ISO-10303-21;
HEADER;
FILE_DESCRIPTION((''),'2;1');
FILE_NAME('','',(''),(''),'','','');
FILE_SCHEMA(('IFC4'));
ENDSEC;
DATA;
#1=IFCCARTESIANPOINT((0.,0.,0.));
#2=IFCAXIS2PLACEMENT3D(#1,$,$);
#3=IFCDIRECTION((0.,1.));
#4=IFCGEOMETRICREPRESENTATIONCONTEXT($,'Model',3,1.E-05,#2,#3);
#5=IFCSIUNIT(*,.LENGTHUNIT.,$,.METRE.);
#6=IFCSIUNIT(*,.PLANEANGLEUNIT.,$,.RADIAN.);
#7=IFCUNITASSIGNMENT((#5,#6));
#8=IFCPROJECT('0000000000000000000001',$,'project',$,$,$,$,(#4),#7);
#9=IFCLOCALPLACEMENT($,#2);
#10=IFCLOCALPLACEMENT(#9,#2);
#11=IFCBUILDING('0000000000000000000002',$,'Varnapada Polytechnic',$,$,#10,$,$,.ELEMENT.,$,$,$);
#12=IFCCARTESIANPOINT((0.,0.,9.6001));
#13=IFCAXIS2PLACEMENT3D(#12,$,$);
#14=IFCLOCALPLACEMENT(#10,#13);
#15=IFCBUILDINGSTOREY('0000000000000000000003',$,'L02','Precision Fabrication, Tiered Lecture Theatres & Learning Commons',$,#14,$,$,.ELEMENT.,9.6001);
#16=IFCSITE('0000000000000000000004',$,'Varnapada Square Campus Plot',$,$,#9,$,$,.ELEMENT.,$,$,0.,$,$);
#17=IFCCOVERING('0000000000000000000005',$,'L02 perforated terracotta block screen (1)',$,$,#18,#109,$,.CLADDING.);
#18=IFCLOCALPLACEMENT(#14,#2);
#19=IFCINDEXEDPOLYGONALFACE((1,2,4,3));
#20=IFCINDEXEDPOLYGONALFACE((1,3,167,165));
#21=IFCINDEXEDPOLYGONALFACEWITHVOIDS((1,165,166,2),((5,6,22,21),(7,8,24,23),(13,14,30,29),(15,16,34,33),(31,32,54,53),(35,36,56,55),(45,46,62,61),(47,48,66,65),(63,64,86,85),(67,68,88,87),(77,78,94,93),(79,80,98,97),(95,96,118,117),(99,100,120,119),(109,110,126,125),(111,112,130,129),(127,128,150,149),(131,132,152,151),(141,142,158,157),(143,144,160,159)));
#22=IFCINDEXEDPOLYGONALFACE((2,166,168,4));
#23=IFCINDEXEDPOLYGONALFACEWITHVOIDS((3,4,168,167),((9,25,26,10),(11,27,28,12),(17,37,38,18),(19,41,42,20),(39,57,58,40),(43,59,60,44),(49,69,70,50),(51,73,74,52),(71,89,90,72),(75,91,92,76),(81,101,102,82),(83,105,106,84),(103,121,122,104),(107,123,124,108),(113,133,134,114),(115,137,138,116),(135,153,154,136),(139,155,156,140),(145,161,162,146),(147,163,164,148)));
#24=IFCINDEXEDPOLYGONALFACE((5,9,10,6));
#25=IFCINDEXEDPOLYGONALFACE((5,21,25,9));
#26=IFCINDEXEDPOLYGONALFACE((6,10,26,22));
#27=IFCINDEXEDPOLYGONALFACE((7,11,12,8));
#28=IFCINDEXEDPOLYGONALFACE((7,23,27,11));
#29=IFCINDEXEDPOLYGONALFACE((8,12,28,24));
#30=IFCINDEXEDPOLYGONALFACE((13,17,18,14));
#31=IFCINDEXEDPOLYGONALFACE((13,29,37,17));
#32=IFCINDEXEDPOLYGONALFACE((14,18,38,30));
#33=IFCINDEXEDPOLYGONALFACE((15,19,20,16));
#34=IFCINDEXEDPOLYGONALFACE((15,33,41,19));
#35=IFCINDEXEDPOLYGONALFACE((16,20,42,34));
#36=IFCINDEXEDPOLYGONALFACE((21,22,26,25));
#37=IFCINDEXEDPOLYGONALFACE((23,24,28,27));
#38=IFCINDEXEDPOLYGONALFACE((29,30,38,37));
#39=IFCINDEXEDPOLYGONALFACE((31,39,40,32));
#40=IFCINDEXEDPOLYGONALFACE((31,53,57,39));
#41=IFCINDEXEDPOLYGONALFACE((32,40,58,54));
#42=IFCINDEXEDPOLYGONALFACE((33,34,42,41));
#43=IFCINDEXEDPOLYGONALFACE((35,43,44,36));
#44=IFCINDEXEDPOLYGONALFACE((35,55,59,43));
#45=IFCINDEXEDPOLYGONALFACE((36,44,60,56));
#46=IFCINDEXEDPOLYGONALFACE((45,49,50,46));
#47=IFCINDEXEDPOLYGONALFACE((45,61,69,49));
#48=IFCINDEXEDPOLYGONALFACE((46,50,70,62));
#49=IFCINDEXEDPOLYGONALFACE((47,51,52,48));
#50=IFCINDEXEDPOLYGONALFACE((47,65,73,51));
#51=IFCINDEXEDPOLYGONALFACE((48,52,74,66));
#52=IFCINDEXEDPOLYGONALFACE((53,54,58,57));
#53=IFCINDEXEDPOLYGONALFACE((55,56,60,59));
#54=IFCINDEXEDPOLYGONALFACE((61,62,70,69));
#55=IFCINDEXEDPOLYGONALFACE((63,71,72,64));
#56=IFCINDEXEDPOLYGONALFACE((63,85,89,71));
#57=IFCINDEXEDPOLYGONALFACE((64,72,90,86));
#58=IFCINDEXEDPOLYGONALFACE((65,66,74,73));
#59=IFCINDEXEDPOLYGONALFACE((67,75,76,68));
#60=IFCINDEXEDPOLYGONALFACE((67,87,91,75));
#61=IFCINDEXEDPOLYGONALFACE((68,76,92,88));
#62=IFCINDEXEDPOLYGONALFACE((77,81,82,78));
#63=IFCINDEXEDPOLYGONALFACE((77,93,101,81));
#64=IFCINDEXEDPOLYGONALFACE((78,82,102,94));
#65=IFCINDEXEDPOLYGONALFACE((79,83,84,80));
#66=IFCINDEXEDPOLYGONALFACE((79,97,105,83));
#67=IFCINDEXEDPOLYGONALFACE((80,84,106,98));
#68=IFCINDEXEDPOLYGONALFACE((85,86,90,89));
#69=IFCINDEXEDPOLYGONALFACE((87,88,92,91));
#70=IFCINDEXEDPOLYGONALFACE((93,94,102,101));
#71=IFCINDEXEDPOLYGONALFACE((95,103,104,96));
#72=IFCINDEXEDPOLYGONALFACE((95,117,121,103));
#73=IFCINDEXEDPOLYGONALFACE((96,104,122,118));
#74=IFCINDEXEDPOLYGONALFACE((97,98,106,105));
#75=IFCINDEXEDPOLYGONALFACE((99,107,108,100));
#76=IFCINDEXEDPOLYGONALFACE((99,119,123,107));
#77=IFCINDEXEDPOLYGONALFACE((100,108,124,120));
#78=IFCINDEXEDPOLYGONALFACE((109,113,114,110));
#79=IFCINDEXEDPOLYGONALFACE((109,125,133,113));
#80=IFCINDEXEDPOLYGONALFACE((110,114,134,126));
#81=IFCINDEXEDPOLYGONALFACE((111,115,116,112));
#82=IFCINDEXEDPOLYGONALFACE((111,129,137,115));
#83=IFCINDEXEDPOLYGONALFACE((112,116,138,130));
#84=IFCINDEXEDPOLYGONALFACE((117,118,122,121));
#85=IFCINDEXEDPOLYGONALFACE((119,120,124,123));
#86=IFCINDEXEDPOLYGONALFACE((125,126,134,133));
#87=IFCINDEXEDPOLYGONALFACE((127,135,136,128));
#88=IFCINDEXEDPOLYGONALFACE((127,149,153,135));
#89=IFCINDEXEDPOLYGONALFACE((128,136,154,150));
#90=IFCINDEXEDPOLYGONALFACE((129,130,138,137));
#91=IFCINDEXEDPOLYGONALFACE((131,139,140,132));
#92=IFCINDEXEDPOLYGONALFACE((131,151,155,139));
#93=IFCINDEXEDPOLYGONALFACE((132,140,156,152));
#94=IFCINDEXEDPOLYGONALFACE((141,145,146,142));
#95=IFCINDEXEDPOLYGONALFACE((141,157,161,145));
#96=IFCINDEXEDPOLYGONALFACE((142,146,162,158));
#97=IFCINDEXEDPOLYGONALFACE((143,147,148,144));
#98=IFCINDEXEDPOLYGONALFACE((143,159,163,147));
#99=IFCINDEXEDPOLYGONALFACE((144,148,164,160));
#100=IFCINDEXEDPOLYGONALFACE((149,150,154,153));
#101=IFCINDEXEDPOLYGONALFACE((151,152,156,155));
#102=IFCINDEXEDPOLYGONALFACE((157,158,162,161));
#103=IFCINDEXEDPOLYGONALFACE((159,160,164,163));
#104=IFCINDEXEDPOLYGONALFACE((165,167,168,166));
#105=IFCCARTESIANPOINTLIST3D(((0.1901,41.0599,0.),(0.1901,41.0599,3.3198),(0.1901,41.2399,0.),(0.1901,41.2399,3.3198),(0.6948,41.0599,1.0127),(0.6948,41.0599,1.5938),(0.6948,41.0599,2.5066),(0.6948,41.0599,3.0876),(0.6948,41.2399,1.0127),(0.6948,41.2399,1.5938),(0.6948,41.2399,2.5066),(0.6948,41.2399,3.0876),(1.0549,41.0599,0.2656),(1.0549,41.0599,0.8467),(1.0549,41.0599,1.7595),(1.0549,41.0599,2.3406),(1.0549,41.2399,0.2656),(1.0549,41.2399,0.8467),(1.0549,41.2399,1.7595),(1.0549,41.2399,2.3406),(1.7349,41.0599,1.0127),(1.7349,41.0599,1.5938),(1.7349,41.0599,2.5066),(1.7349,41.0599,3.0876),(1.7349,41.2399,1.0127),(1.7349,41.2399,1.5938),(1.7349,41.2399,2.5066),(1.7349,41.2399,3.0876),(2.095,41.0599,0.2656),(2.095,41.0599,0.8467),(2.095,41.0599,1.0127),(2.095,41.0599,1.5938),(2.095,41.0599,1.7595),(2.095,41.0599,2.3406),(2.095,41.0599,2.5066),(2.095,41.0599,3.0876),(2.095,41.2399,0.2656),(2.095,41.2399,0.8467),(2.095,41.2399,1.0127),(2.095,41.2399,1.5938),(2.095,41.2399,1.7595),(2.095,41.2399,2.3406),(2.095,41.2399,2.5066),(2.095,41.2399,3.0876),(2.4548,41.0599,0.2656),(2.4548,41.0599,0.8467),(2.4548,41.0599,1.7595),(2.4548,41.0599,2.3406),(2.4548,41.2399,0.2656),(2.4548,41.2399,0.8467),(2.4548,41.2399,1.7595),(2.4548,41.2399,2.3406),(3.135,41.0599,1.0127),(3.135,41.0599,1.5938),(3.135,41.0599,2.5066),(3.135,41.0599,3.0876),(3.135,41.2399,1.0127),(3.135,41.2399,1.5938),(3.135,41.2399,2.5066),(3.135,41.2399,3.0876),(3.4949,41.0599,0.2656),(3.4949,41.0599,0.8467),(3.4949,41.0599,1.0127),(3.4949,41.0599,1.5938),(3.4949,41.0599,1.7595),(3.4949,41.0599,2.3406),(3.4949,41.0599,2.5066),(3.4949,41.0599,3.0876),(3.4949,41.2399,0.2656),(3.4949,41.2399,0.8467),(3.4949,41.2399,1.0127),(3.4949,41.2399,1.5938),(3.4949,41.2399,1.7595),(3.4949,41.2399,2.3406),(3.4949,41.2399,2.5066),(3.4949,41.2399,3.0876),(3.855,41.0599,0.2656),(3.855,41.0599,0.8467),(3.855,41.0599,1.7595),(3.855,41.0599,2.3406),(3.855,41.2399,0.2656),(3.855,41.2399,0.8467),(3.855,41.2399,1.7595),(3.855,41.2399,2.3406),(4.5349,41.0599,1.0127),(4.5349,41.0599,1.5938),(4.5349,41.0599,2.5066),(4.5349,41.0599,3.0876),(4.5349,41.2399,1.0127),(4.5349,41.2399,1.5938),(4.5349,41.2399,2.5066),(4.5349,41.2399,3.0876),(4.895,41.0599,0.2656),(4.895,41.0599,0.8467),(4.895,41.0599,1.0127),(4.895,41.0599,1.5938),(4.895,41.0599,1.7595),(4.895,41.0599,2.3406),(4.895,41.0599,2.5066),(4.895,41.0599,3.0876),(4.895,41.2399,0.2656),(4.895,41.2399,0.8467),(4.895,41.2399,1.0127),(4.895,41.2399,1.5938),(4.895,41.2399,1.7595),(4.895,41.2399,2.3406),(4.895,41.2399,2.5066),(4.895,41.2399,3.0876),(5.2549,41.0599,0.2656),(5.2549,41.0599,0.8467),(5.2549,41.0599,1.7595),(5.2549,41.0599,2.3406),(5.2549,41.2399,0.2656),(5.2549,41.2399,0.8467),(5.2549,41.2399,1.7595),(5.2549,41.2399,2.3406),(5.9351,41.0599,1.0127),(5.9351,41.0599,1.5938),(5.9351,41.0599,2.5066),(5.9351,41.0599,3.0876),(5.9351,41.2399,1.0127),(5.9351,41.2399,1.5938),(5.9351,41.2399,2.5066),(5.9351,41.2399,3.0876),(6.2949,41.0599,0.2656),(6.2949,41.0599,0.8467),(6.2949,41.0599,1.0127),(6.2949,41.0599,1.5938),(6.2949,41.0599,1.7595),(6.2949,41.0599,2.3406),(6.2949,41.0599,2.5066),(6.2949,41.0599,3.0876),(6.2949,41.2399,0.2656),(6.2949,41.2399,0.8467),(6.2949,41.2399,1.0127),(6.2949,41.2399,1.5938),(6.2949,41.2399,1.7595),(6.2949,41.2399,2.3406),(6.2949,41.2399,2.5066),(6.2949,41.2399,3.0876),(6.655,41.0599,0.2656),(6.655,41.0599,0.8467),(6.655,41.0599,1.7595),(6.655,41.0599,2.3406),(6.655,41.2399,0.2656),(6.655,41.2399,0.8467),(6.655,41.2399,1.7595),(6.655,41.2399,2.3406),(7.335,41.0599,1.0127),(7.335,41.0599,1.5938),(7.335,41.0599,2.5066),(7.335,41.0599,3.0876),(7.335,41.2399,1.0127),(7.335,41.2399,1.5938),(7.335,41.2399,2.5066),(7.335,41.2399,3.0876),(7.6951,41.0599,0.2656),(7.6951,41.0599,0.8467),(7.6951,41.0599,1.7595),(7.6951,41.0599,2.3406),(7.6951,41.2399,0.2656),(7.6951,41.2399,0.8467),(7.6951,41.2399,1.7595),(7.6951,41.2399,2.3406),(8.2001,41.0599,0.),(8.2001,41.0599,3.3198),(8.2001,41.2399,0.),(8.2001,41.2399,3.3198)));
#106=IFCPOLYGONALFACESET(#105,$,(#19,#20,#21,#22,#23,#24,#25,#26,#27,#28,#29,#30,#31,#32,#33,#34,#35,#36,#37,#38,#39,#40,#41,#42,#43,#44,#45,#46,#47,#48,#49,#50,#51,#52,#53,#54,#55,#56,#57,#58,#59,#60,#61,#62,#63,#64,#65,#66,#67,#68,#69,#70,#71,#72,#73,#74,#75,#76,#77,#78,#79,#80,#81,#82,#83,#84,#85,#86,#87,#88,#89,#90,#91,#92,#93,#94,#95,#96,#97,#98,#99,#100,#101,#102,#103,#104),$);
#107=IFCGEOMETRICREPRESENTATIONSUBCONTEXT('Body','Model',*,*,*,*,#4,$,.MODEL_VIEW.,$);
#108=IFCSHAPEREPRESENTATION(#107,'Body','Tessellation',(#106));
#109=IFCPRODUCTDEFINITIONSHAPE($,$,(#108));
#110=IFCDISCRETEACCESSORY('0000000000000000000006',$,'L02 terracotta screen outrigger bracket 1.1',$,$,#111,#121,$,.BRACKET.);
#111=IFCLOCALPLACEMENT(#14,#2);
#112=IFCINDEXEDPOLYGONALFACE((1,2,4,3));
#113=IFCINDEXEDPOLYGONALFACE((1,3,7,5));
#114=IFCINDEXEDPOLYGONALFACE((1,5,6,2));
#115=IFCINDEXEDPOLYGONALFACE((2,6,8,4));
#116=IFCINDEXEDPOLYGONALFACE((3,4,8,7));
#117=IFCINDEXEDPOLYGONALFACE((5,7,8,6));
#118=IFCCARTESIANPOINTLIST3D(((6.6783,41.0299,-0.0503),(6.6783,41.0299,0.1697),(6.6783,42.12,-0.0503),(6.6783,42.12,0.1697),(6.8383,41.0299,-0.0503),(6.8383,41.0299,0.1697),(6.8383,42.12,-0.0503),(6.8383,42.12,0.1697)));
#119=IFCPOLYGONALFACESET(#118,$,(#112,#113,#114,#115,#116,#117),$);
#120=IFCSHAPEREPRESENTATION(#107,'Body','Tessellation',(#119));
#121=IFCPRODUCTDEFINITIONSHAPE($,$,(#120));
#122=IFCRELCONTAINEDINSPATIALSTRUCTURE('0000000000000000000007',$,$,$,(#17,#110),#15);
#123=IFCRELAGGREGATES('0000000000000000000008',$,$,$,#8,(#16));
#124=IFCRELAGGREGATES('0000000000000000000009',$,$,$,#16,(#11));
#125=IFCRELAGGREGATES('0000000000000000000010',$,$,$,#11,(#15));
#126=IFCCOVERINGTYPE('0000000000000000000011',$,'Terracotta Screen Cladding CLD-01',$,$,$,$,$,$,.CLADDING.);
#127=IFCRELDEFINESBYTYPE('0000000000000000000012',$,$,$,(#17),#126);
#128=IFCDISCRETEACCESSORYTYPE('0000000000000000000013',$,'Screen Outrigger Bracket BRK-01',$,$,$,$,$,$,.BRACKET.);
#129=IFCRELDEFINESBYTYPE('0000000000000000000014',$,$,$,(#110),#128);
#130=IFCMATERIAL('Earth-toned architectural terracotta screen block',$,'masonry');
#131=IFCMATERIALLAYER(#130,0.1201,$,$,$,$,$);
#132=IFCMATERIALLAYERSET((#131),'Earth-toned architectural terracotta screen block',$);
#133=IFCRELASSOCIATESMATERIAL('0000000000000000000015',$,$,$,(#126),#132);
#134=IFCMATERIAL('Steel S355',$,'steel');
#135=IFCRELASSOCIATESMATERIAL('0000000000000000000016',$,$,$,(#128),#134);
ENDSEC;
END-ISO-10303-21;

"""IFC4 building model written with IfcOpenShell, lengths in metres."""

from ifc_helpers import new_model, si_unit, direction, frame, frame_2d, origin, origin_2d, place, context, subcontext, project, spatial, rectangle, extrude, material, layer, layer_set, type_object, element, save


model = new_model("IFC4")

# Units and contexts
model_context = context("Model", 3, precision=1e-05, world=origin(), true_north=direction((0.0, 1.0)))
body_context = subcontext(model_context, "Body", "Model", "MODEL_VIEW")
ifc_project = project(units=[si_unit("LENGTHUNIT", "METRE"), si_unit("PLANEANGLEUNIT", "RADIAN")], contexts=[model_context])

# Site, building, storey
site_placement = place(None, origin())
site = spatial("IfcSite", under=ifc_project, at=site_placement, Name="Varnapada Square Campus Plot", CompositionType="ELEMENT", RefElevation=0.0)
building_placement = place(site_placement, origin())
building = spatial("IfcBuilding", under=site, at=building_placement, Name="Varnapada Polytechnic", CompositionType="ELEMENT")
storey_placement = place(building_placement, frame((0.0, 0.0, 9.6001)))
storey = spatial("IfcBuildingStorey", under=building, at=storey_placement, Name="L02", Description="Precision Fabrication, Tiered Lecture Theatres & Learning Commons", CompositionType="ELEMENT", Elevation=9.6001)

# Covering, openings
ifc_material_1 = material(Name="Earth-toned architectural terracotta screen block", Category="masonry")
ifc_layer_1 = layer(ifc_material_1, 0.1201)
ifc_layer_set_1 = layer_set([ifc_layer_1], Name="Earth-toned architectural terracotta screen block")
covering_type = type_object("IfcCoveringType", Name="Terracotta Screen Cladding CLD-01", PredefinedType="CLADDING", material=ifc_layer_set_1)
covering_placement = place(storey_placement, frame((8.2, 41.1499, 0.0), z_axis=(0.0, 0.0, 1.0), x_axis=(-1.0, 0.0, 0.0)))
covering = element("IfcCovering", 1, at=covering_placement, inside=storey, type_object=covering_type, Name="L02 perforated terracotta block screen (1)", PredefinedType="CLADDING", context=body_context, shape_type="SweptSolid", body=[
    extrude(rectangle(XDim=8.01, YDim=0.1799, at=frame_2d((4.0049, 0.0))), origin(), (0.0, 0.0, 1.0), 3.3198),
])
opening_1_placement = place(covering_placement, frame((0.5049, 0.0, 0.2656)))
element("IfcOpeningElement", 2, at=opening_1_placement, cuts=covering, PredefinedType="OPENING", context=body_context, shape_type="SweptSolid", body=[
    extrude(rectangle(XDim=1.04, YDim=0.5811, at=frame_2d((0.52, 0.2905))), frame((0.0, 0.0999, 0.0), z_axis=(0.0, -1.0, 0.0), x_axis=(1.0, 0.0, 0.0)), (0.0, 0.0, 1.0), 0.2),
])
opening_2_placement = place(covering_placement, frame((1.905, 0.0, 0.2656)))
element("IfcOpeningElement", 3, at=opening_2_placement, cuts=covering, PredefinedType="OPENING", context=body_context, shape_type="SweptSolid", body=[
    extrude(rectangle(XDim=1.04, YDim=0.5811, at=frame_2d((0.52, 0.2905))), frame((0.0, 0.0999, 0.0), z_axis=(0.0, -1.0, 0.0), x_axis=(1.0, 0.0, 0.0)), (0.0, 0.0, 1.0), 0.2),
])
opening_3_placement = place(covering_placement, frame((3.3049, 0.0, 0.2656)))
element("IfcOpeningElement", 4, at=opening_3_placement, cuts=covering, PredefinedType="OPENING", context=body_context, shape_type="SweptSolid", body=[
    extrude(rectangle(XDim=1.04, YDim=0.5811, at=frame_2d((0.52, 0.2905))), frame((0.0, 0.0999, 0.0), z_axis=(0.0, -1.0, 0.0), x_axis=(1.0, 0.0, 0.0)), (0.0, 0.0, 1.0), 0.2),
])
opening_4_placement = place(covering_placement, frame((4.7051, 0.0, 0.2656)))
element("IfcOpeningElement", 5, at=opening_4_placement, cuts=covering, PredefinedType="OPENING", context=body_context, shape_type="SweptSolid", body=[
    extrude(rectangle(XDim=1.04, YDim=0.5811, at=frame_2d((0.52, 0.2905))), frame((0.0, 0.0999, 0.0), z_axis=(0.0, -1.0, 0.0), x_axis=(1.0, 0.0, 0.0)), (0.0, 0.0, 1.0), 0.2),
])
opening_5_placement = place(covering_placement, frame((6.105, 0.0, 0.2656)))
element("IfcOpeningElement", 6, at=opening_5_placement, cuts=covering, PredefinedType="OPENING", context=body_context, shape_type="SweptSolid", body=[
    extrude(rectangle(XDim=1.04, YDim=0.5811, at=frame_2d((0.52, 0.2905))), frame((0.0, 0.0999, 0.0), z_axis=(0.0, -1.0, 0.0), x_axis=(1.0, 0.0, 0.0)), (0.0, 0.0, 1.0), 0.2),
])
opening_6_placement = place(covering_placement, frame((0.865, 0.0, 1.0127)))
element("IfcOpeningElement", 7, at=opening_6_placement, cuts=covering, PredefinedType="OPENING", context=body_context, shape_type="SweptSolid", body=[
    extrude(rectangle(XDim=1.04, YDim=0.5811, at=frame_2d((0.52, 0.2905))), frame((0.0, 0.0999, 0.0), z_axis=(0.0, -1.0, 0.0), x_axis=(1.0, 0.0, 0.0)), (0.0, 0.0, 1.0), 0.2),
])
opening_7_placement = place(covering_placement, frame((2.2649, 0.0, 1.0127)))
element("IfcOpeningElement", 8, at=opening_7_placement, cuts=covering, PredefinedType="OPENING", context=body_context, shape_type="SweptSolid", body=[
    extrude(rectangle(XDim=1.04, YDim=0.5811, at=frame_2d((0.52, 0.2905))), frame((0.0, 0.0999, 0.0), z_axis=(0.0, -1.0, 0.0), x_axis=(1.0, 0.0, 0.0)), (0.0, 0.0, 1.0), 0.2),
])
opening_8_placement = place(covering_placement, frame((3.665, 0.0, 1.0127)))
element("IfcOpeningElement", 9, at=opening_8_placement, cuts=covering, PredefinedType="OPENING", context=body_context, shape_type="SweptSolid", body=[
    extrude(rectangle(XDim=1.04, YDim=0.5811, at=frame_2d((0.52, 0.2905))), frame((0.0, 0.0999, 0.0), z_axis=(0.0, -1.0, 0.0), x_axis=(1.0, 0.0, 0.0)), (0.0, 0.0, 1.0), 0.2),
])
opening_9_placement = place(covering_placement, frame((5.0649, 0.0, 1.0127)))
element("IfcOpeningElement", 10, at=opening_9_placement, cuts=covering, PredefinedType="OPENING", context=body_context, shape_type="SweptSolid", body=[
    extrude(rectangle(XDim=1.04, YDim=0.5811, at=frame_2d((0.52, 0.2905))), frame((0.0, 0.0999, 0.0), z_axis=(0.0, -1.0, 0.0), x_axis=(1.0, 0.0, 0.0)), (0.0, 0.0, 1.0), 0.2),
])
opening_10_placement = place(covering_placement, frame((6.4651, 0.0, 1.0127)))
element("IfcOpeningElement", 11, at=opening_10_placement, cuts=covering, PredefinedType="OPENING", context=body_context, shape_type="SweptSolid", body=[
    extrude(rectangle(XDim=1.04, YDim=0.5811, at=frame_2d((0.52, 0.2905))), frame((0.0, 0.0999, 0.0), z_axis=(0.0, -1.0, 0.0), x_axis=(1.0, 0.0, 0.0)), (0.0, 0.0, 1.0), 0.2),
])
opening_11_placement = place(covering_placement, frame((0.5049, 0.0, 1.7595)))
element("IfcOpeningElement", 12, at=opening_11_placement, cuts=covering, PredefinedType="OPENING", context=body_context, shape_type="SweptSolid", body=[
    extrude(rectangle(XDim=1.04, YDim=0.5811, at=frame_2d((0.52, 0.2905))), frame((0.0, 0.0999, 0.0), z_axis=(0.0, -1.0, 0.0), x_axis=(1.0, 0.0, 0.0)), (0.0, 0.0, 1.0), 0.2),
])
opening_12_placement = place(covering_placement, frame((1.905, 0.0, 1.7595)))
element("IfcOpeningElement", 13, at=opening_12_placement, cuts=covering, PredefinedType="OPENING", context=body_context, shape_type="SweptSolid", body=[
    extrude(rectangle(XDim=1.04, YDim=0.5811, at=frame_2d((0.52, 0.2905))), frame((0.0, 0.0999, 0.0), z_axis=(0.0, -1.0, 0.0), x_axis=(1.0, 0.0, 0.0)), (0.0, 0.0, 1.0), 0.2),
])
opening_13_placement = place(covering_placement, frame((3.3049, 0.0, 1.7595)))
element("IfcOpeningElement", 14, at=opening_13_placement, cuts=covering, PredefinedType="OPENING", context=body_context, shape_type="SweptSolid", body=[
    extrude(rectangle(XDim=1.04, YDim=0.5811, at=frame_2d((0.52, 0.2905))), frame((0.0, 0.0999, 0.0), z_axis=(0.0, -1.0, 0.0), x_axis=(1.0, 0.0, 0.0)), (0.0, 0.0, 1.0), 0.2),
])
opening_14_placement = place(covering_placement, frame((4.7051, 0.0, 1.7595)))
element("IfcOpeningElement", 15, at=opening_14_placement, cuts=covering, PredefinedType="OPENING", context=body_context, shape_type="SweptSolid", body=[
    extrude(rectangle(XDim=1.04, YDim=0.5811, at=frame_2d((0.52, 0.2905))), frame((0.0, 0.0999, 0.0), z_axis=(0.0, -1.0, 0.0), x_axis=(1.0, 0.0, 0.0)), (0.0, 0.0, 1.0), 0.2),
])
opening_15_placement = place(covering_placement, frame((6.105, 0.0, 1.7595)))
element("IfcOpeningElement", 16, at=opening_15_placement, cuts=covering, PredefinedType="OPENING", context=body_context, shape_type="SweptSolid", body=[
    extrude(rectangle(XDim=1.04, YDim=0.5811, at=frame_2d((0.52, 0.2905))), frame((0.0, 0.0999, 0.0), z_axis=(0.0, -1.0, 0.0), x_axis=(1.0, 0.0, 0.0)), (0.0, 0.0, 1.0), 0.2),
])
opening_16_placement = place(covering_placement, frame((0.865, 0.0, 2.5066)))
element("IfcOpeningElement", 17, at=opening_16_placement, cuts=covering, PredefinedType="OPENING", context=body_context, shape_type="SweptSolid", body=[
    extrude(rectangle(XDim=1.04, YDim=0.5811, at=frame_2d((0.52, 0.2905))), frame((0.0, 0.0999, 0.0), z_axis=(0.0, -1.0, 0.0), x_axis=(1.0, 0.0, 0.0)), (0.0, 0.0, 1.0), 0.2),
])
opening_17_placement = place(covering_placement, frame((2.2649, 0.0, 2.5066)))
element("IfcOpeningElement", 18, at=opening_17_placement, cuts=covering, PredefinedType="OPENING", context=body_context, shape_type="SweptSolid", body=[
    extrude(rectangle(XDim=1.04, YDim=0.5811, at=frame_2d((0.52, 0.2905))), frame((0.0, 0.0999, 0.0), z_axis=(0.0, -1.0, 0.0), x_axis=(1.0, 0.0, 0.0)), (0.0, 0.0, 1.0), 0.2),
])
opening_18_placement = place(covering_placement, frame((3.665, 0.0, 2.5066)))
element("IfcOpeningElement", 19, at=opening_18_placement, cuts=covering, PredefinedType="OPENING", context=body_context, shape_type="SweptSolid", body=[
    extrude(rectangle(XDim=1.04, YDim=0.5811, at=frame_2d((0.52, 0.2905))), frame((0.0, 0.0999, 0.0), z_axis=(0.0, -1.0, 0.0), x_axis=(1.0, 0.0, 0.0)), (0.0, 0.0, 1.0), 0.2),
])
opening_19_placement = place(covering_placement, frame((5.0649, 0.0, 2.5066)))
element("IfcOpeningElement", 20, at=opening_19_placement, cuts=covering, PredefinedType="OPENING", context=body_context, shape_type="SweptSolid", body=[
    extrude(rectangle(XDim=1.04, YDim=0.5811, at=frame_2d((0.52, 0.2905))), frame((0.0, 0.0999, 0.0), z_axis=(0.0, -1.0, 0.0), x_axis=(1.0, 0.0, 0.0)), (0.0, 0.0, 1.0), 0.2),
])
opening_20_placement = place(covering_placement, frame((6.4651, 0.0, 2.5066)))
element("IfcOpeningElement", 21, at=opening_20_placement, cuts=covering, PredefinedType="OPENING", context=body_context, shape_type="SweptSolid", body=[
    extrude(rectangle(XDim=1.04, YDim=0.5811, at=frame_2d((0.52, 0.2905))), frame((0.0, 0.0999, 0.0), z_axis=(0.0, -1.0, 0.0), x_axis=(1.0, 0.0, 0.0)), (0.0, 0.0, 1.0), 0.2),
])

# Discrete accessory
ifc_material_2 = material(Name="Steel S355", Category="steel")
discrete_accessory_type = type_object("IfcDiscreteAccessoryType", Name="Screen Outrigger Bracket BRK-01", PredefinedType="BRACKET", material=ifc_material_2)
for number, where, z_axis, x_axis, name in (
    (22, (6.7583, 41.575, -0.0503), (0.0, 0.0, 1.0), (-1.0, 0.0, 0.0), "L02 terracotta screen outrigger bracket 1.1"),
):
    element("IfcDiscreteAccessory", number, at=place(storey_placement, frame(where, z_axis=z_axis, x_axis=x_axis)), inside=storey, type_object=discrete_accessory_type, Name=name, PredefinedType="BRACKET", context=body_context, shape_type="SweptSolid", body=[
        extrude(rectangle(XDim=0.1599, YDim=1.0901, at=origin_2d()), origin(), (0.0, 0.0, 1.0), 0.22),
    ])

save(model, "model.ifc")
